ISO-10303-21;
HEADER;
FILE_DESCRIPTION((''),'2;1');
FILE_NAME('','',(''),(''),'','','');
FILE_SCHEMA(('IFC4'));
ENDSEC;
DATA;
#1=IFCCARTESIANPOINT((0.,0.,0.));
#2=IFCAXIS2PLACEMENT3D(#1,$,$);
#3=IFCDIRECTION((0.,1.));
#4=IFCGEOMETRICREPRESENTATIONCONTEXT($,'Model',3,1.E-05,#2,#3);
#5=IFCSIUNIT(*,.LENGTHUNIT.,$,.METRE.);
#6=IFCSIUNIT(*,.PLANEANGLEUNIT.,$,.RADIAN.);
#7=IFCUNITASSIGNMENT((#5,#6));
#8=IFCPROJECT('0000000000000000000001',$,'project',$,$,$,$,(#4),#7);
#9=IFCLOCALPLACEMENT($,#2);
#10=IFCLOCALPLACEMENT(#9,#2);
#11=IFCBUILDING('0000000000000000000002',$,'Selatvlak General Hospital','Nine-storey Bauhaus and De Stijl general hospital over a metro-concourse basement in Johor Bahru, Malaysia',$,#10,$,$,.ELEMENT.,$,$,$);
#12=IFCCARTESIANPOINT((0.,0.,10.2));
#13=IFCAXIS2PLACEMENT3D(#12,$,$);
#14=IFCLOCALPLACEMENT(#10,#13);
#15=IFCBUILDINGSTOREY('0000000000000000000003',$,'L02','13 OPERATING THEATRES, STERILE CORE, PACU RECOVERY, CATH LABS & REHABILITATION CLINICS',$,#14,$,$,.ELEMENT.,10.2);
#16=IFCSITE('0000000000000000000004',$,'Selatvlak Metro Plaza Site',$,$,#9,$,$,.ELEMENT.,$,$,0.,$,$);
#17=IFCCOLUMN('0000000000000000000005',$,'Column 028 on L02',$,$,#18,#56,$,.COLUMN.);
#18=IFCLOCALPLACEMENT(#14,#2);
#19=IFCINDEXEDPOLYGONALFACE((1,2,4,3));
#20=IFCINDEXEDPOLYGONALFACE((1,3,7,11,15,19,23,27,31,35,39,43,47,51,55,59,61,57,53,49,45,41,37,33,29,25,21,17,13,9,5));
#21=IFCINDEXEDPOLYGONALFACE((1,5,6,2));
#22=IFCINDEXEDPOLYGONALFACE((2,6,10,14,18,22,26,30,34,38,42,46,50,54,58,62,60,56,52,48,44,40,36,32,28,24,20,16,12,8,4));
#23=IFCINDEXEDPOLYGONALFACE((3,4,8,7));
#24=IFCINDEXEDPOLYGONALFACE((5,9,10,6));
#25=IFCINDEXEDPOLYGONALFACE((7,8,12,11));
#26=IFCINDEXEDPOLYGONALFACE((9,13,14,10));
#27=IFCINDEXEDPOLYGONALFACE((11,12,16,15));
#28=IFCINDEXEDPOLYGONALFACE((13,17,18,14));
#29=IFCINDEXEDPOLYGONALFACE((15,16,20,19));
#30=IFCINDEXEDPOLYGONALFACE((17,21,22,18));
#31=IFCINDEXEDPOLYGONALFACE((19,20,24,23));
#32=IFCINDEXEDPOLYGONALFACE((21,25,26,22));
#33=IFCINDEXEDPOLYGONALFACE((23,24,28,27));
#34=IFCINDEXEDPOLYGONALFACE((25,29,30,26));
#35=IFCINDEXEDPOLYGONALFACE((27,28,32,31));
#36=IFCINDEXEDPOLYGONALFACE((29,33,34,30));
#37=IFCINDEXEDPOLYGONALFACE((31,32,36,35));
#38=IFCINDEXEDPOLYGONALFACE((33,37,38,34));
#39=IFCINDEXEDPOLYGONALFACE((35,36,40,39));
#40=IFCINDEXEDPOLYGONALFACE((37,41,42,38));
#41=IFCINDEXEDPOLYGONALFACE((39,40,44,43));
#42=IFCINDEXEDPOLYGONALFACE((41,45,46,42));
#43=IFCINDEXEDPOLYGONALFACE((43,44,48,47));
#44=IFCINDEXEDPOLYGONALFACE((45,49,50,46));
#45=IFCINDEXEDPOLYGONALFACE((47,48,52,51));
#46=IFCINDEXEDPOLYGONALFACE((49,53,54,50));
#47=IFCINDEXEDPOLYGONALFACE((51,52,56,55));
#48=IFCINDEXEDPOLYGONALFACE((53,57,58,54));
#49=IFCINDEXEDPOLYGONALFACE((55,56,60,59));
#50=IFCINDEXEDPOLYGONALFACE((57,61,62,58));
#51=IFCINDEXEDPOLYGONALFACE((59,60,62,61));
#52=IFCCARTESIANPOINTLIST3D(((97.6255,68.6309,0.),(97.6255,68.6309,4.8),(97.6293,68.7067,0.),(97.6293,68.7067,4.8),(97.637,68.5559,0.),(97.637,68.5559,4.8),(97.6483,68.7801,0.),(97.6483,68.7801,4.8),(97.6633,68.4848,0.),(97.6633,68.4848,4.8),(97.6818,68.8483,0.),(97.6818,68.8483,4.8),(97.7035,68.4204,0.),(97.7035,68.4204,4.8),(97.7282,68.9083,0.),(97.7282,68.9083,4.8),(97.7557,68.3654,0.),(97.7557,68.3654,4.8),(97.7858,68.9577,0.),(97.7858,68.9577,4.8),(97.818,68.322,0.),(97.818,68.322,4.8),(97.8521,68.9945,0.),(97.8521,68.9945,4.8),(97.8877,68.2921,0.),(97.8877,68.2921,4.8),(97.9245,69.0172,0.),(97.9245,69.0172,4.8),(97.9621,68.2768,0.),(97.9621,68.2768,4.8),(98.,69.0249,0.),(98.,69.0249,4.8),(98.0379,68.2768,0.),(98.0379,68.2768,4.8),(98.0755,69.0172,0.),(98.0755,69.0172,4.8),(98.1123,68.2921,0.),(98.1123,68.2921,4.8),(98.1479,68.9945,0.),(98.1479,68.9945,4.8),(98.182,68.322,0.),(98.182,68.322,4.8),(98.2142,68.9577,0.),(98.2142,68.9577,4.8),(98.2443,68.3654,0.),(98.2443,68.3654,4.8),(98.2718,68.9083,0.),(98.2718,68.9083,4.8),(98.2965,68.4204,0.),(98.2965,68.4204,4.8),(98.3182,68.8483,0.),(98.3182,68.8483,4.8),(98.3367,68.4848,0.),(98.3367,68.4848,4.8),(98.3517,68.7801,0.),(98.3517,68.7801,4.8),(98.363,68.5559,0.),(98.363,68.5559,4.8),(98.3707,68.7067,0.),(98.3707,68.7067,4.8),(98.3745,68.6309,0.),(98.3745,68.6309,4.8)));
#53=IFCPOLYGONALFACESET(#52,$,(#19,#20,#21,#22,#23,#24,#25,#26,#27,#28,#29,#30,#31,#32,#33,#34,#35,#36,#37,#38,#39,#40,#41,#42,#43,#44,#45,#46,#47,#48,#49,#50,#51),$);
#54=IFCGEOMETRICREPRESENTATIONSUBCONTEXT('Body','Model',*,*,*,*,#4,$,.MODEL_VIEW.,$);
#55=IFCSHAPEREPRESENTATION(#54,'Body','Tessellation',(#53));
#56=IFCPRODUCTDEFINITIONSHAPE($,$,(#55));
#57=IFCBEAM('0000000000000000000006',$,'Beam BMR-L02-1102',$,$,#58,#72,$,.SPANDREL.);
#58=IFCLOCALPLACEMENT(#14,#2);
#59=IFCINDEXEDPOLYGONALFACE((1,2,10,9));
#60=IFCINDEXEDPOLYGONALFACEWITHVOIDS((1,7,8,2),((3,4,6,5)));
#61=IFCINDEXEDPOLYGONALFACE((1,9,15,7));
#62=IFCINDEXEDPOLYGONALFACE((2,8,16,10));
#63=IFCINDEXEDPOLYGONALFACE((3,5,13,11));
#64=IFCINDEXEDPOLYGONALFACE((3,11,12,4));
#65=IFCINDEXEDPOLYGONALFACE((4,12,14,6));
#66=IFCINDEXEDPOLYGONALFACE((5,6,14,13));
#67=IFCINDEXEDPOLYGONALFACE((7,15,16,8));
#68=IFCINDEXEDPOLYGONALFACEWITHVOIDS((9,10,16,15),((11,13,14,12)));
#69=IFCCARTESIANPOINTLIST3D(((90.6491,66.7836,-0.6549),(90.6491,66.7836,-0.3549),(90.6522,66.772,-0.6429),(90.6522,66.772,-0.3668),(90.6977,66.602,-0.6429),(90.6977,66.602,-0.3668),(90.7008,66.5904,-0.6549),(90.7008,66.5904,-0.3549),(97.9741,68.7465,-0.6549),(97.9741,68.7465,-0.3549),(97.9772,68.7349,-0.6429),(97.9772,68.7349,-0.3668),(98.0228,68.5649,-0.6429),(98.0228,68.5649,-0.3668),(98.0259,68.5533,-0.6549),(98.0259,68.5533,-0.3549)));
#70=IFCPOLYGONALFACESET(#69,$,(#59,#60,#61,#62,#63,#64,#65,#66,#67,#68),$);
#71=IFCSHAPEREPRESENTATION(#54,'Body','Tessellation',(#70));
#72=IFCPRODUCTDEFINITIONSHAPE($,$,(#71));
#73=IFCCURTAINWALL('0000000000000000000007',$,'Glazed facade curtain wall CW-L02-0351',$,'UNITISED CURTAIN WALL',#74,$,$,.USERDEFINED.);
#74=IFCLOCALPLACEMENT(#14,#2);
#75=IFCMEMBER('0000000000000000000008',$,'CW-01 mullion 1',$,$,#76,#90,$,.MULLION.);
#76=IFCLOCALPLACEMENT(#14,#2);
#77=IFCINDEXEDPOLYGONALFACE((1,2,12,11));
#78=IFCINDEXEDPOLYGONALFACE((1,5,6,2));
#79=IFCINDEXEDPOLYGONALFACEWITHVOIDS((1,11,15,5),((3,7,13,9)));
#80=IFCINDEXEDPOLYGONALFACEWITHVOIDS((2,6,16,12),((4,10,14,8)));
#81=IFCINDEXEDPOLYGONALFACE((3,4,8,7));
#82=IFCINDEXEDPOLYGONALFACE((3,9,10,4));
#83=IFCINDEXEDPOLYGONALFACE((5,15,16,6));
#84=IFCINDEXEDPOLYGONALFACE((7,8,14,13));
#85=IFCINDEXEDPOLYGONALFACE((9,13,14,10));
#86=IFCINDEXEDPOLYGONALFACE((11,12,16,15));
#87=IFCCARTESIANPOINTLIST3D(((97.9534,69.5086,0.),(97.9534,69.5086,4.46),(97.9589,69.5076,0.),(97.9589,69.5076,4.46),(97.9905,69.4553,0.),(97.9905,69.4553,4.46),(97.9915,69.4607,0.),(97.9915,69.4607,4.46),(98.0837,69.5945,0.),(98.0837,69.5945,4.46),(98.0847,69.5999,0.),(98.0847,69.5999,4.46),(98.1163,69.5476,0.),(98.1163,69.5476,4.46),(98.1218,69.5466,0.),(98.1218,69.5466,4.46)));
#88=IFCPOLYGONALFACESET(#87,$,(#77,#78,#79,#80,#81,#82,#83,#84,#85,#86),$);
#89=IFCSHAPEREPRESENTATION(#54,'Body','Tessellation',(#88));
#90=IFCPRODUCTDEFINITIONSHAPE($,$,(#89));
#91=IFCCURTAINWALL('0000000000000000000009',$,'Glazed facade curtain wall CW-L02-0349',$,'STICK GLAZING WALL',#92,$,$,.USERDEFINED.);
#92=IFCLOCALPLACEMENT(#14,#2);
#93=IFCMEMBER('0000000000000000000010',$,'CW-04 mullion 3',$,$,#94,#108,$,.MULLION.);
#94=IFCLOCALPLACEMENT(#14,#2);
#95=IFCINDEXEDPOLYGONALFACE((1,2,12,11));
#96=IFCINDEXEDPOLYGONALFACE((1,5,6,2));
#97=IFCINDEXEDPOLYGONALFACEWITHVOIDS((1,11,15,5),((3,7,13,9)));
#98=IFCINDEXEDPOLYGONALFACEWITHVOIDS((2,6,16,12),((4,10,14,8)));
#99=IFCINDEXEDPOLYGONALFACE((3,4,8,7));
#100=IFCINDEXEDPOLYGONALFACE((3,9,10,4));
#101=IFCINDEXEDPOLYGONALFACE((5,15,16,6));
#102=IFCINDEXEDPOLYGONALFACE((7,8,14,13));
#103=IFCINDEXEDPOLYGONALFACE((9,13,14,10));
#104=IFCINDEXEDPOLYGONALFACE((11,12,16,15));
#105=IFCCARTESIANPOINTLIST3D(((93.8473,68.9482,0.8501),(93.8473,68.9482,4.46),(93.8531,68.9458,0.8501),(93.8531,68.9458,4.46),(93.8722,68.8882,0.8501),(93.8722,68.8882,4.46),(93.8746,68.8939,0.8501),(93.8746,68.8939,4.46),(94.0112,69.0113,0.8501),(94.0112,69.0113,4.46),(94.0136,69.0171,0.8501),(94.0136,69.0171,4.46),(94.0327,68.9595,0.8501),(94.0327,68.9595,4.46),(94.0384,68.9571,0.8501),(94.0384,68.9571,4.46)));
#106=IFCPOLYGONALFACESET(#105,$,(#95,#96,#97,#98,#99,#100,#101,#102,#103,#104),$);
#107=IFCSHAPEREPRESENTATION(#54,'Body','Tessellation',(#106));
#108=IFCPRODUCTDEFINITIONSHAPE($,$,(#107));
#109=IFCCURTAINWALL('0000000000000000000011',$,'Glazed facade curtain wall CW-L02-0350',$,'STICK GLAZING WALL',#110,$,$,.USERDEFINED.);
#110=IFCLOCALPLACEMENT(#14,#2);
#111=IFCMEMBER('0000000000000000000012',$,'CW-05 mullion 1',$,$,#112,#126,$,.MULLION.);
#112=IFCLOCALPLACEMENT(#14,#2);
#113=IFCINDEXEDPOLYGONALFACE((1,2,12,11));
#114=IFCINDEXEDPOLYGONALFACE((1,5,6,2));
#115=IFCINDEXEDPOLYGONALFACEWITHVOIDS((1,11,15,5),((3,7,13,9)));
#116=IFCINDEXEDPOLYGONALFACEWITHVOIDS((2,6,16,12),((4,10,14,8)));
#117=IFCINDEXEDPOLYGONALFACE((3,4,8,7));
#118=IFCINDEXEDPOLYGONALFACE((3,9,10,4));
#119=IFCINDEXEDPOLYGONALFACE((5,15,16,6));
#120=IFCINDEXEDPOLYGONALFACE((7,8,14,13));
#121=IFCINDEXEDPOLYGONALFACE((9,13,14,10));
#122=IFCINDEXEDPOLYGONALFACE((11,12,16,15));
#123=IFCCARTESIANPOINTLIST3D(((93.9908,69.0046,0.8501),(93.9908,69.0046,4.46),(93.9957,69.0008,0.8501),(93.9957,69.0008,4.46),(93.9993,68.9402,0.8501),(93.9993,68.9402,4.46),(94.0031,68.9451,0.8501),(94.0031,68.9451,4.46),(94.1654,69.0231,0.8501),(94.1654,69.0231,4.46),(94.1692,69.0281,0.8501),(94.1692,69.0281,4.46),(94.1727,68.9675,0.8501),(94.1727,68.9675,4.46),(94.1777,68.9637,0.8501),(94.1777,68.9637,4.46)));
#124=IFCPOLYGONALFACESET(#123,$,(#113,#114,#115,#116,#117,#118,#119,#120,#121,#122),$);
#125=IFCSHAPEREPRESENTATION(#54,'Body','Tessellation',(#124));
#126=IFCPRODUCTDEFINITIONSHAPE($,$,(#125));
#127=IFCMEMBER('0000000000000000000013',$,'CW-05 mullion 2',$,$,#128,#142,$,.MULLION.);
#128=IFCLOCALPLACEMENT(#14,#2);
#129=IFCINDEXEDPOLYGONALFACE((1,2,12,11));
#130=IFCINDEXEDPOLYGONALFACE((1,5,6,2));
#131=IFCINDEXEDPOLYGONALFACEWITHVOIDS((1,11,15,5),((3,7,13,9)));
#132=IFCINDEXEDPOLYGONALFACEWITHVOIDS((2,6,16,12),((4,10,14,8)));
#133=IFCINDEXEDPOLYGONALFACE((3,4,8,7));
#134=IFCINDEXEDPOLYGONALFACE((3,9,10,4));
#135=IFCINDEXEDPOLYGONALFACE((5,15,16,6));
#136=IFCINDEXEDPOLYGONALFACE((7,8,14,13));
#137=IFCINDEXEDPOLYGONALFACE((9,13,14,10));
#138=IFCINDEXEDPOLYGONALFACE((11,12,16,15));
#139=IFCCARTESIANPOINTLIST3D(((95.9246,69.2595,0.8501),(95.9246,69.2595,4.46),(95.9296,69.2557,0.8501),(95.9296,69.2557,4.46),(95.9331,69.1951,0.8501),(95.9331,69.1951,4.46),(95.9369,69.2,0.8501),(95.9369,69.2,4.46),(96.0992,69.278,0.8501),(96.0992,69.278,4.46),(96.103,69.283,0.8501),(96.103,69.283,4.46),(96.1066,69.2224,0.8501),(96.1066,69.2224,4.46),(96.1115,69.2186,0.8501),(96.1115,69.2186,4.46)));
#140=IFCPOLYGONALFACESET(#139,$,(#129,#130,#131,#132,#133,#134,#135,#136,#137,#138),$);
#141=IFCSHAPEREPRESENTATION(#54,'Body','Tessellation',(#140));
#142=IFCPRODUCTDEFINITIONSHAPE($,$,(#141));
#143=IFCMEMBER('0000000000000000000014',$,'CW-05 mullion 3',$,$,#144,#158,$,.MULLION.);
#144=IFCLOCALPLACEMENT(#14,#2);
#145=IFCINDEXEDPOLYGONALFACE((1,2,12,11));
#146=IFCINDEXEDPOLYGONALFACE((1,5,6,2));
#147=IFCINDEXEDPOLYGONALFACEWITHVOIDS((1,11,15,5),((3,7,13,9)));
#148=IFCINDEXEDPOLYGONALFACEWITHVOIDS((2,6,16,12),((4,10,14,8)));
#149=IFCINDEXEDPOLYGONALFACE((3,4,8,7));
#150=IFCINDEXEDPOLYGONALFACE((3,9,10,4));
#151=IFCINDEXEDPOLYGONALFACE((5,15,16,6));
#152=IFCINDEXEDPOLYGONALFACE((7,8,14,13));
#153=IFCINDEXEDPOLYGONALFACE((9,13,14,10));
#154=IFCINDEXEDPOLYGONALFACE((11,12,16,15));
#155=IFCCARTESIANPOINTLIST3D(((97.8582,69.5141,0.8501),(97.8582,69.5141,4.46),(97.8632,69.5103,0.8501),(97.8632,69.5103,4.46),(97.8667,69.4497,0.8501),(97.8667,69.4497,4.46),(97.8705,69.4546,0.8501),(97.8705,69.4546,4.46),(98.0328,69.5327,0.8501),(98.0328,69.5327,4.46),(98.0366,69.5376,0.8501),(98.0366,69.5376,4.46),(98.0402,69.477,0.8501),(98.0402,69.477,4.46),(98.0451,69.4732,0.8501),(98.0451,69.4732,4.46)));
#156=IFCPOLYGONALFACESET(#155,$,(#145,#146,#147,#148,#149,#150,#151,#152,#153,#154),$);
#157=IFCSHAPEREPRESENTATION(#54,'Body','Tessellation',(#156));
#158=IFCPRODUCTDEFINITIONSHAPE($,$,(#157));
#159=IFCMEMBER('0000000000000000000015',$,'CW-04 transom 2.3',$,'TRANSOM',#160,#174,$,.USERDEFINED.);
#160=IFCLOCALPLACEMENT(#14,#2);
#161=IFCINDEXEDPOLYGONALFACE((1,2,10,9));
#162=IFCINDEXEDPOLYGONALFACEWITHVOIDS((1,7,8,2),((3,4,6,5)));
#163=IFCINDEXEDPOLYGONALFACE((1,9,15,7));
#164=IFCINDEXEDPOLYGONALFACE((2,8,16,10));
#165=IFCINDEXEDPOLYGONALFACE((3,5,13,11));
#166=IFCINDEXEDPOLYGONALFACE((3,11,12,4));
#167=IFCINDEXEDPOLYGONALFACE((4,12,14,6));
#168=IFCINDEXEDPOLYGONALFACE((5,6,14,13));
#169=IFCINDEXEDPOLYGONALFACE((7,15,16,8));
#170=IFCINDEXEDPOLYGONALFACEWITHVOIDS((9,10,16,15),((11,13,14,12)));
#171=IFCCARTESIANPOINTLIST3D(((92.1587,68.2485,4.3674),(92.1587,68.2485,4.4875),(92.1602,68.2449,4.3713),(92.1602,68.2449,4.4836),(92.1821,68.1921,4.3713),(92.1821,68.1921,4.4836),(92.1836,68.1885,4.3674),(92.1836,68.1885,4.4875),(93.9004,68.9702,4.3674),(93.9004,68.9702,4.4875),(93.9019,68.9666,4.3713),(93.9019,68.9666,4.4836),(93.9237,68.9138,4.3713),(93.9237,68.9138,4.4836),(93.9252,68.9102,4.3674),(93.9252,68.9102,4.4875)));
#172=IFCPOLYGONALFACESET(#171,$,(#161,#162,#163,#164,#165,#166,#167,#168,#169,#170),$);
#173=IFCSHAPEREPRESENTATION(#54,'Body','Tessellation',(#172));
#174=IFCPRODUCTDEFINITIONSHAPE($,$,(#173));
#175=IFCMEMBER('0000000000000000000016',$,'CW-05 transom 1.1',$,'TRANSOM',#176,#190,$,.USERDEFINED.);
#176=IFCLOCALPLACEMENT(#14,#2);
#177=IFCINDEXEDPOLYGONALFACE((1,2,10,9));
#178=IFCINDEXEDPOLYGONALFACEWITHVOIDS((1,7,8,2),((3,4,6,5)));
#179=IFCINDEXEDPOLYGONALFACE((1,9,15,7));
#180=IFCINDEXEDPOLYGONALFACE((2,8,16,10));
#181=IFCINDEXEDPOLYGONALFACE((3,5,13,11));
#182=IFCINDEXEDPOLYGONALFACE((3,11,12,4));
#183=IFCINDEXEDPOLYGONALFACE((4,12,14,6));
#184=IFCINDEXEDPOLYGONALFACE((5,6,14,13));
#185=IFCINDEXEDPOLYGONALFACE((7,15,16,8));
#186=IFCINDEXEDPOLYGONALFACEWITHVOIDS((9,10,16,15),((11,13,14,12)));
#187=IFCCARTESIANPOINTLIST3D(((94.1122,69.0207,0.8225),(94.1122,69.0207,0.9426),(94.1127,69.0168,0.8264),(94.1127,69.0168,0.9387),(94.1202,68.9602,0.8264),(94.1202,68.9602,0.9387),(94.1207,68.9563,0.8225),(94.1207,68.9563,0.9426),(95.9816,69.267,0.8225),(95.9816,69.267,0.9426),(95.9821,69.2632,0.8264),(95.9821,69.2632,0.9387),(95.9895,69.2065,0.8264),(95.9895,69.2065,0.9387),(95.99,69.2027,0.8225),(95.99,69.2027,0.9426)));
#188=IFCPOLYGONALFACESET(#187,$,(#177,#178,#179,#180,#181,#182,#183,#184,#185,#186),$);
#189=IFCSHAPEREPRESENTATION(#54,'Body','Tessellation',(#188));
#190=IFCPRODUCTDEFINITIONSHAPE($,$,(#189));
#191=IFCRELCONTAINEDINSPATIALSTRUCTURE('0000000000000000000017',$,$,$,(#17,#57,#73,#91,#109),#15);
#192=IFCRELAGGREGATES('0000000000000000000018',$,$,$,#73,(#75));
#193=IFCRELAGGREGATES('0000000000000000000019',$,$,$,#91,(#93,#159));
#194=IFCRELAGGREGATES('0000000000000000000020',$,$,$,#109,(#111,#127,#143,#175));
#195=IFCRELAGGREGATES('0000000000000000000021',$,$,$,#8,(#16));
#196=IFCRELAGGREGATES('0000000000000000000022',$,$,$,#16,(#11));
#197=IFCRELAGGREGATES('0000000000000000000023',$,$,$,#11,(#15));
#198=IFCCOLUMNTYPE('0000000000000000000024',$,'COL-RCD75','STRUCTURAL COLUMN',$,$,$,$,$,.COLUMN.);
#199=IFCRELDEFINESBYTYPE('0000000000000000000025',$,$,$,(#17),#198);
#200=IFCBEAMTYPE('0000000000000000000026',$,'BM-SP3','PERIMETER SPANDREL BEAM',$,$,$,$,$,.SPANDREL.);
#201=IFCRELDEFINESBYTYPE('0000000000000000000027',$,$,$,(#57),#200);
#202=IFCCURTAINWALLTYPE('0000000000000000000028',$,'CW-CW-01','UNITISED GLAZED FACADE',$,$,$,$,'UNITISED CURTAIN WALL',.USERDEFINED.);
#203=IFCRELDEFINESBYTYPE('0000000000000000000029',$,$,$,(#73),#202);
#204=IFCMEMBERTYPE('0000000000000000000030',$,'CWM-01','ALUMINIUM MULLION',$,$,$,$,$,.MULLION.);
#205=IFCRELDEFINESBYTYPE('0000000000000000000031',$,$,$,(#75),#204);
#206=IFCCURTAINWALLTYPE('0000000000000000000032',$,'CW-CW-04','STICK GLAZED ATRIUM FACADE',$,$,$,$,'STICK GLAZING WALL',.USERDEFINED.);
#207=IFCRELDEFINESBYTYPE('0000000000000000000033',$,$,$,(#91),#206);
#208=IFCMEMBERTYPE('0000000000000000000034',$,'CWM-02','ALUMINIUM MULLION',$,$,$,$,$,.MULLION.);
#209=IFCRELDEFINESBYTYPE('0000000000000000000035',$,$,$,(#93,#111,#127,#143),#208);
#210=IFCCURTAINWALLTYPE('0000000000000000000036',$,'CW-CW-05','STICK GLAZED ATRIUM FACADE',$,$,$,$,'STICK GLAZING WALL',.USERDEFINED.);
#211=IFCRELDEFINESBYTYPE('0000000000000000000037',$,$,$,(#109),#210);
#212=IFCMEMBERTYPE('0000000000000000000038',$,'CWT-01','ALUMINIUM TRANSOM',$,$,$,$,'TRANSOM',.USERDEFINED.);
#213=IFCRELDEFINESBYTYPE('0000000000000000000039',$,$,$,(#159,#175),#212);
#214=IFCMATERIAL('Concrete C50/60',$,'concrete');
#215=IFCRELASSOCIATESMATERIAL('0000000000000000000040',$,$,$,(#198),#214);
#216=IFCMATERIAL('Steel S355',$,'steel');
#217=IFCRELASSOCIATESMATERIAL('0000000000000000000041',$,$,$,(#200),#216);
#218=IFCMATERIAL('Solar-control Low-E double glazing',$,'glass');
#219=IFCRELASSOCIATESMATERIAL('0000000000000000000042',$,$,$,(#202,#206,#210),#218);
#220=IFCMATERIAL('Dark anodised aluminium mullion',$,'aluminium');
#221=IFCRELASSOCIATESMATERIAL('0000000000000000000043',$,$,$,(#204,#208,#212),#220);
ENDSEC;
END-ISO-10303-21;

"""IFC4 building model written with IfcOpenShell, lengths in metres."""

from ifc_helpers import new_model, si_unit, direction, frame, origin, origin_2d, place, context, subcontext, project, spatial, hollow_rectangle, circle, extrude, material, material_profile, profile_set, type_object, element, aggregate, save


model = new_model("IFC4")

# Units and contexts
model_context = context("Model", 3, precision=1e-05, world=origin(), true_north=direction((0.0, 1.0)))
body_context = subcontext(model_context, "Body", "Model", "MODEL_VIEW")
ifc_project = project(units=[si_unit("LENGTHUNIT", "METRE"), si_unit("PLANEANGLEUNIT", "RADIAN")], contexts=[model_context])

# Site, building, storey
site_placement = place(None, origin())
site = spatial("IfcSite", under=ifc_project, at=site_placement, Name="Selatvlak Metro Plaza Site", CompositionType="ELEMENT", RefElevation=0.0)
building_placement = place(site_placement, origin())
building = spatial("IfcBuilding", under=site, at=building_placement, Name="Selatvlak General Hospital", Description="Nine-storey Bauhaus and De Stijl general hospital over a metro-concourse basement in Johor Bahru, Malaysia", CompositionType="ELEMENT")
storey_placement = place(building_placement, frame((0.0, 0.0, 10.2)))
storey = spatial("IfcBuildingStorey", under=building, at=storey_placement, Name="L02", Description="13 OPERATING THEATRES, STERILE CORE, PACU RECOVERY, CATH LABS & REHABILITATION CLINICS", CompositionType="ELEMENT", Elevation=10.2)

# Column
ifc_material_1 = material(Name="Concrete C50/60", Category="concrete")
ifc_material_profile_1 = material_profile(ifc_material_1, circle(Radius=0.375, at=origin_2d()), Name="RC-COL D750")
ifc_profile_set_1 = profile_set([ifc_material_profile_1], Name="Concrete C50/60")
column_type = type_object("IfcColumnType", Name="COL-RCD75", Description="STRUCTURAL COLUMN", PredefinedType="COLUMN", material=ifc_profile_set_1)
column_placement = place(storey_placement, frame((98.0, 68.6499, 0.0), z_axis=(0.0, 0.0, 1.0), x_axis=(0.0, 1.0, 0.0)))
element("IfcColumn", 1, at=column_placement, inside=storey, type_object=column_type, Name="Column 028 on L02", PredefinedType="COLUMN", context=body_context, shape_type="SweptSolid", body=[
    extrude(circle(Radius=0.375, at=origin_2d()), origin(), (0.0, 0.0, 1.0), 4.8),
])

# Beam
ifc_material_2 = material(Name="Steel S355", Category="steel")
ifc_material_profile_2 = material_profile(ifc_material_2, hollow_rectangle(XDim=0.2, YDim=0.3, WallThickness=0.012, at=origin_2d()), Name="RHS 300x200x12")
ifc_profile_set_2 = profile_set([ifc_material_profile_2], Name="Steel S355")
beam_type = type_object("IfcBeamType", Name="BM-SP3", Description="PERIMETER SPANDREL BEAM", PredefinedType="SPANDREL", material=ifc_profile_set_2)
beam_placement = place(storey_placement, frame((98.0, 68.6499, -0.5049), z_axis=(-0.96592, -0.258841, 0.0), x_axis=(0.258841, -0.96592, 0.0)))
element("IfcBeam", 2, at=beam_placement, inside=storey, type_object=beam_type, Name="Beam BMR-L02-1102", PredefinedType="SPANDREL", context=body_context, shape_type="SweptSolid", body=[
    extrude(hollow_rectangle(XDim=0.2, YDim=0.3, WallThickness=0.012, at=origin_2d()), origin(), (0.0, 0.0, 1.0), 7.5835),
])

# Curtain walls, members
ifc_material_3 = material(Name="Solar-control Low-E double glazing", Category="glass")
curtain_wall_type_1 = type_object("IfcCurtainWallType", Name="CW-CW-01", Description="UNITISED GLAZED FACADE", ElementType="UNITISED CURTAIN WALL", PredefinedType="USERDEFINED", material=ifc_material_3)
curtain_wall_1_placement = place(storey_placement, origin())
curtain_wall_1 = element("IfcCurtainWall", 3, at=curtain_wall_1_placement, inside=storey, type_object=curtain_wall_type_1, Name="Glazed facade curtain wall CW-L02-0351", ObjectType="UNITISED CURTAIN WALL", PredefinedType="USERDEFINED")
ifc_material_4 = material(Name="Dark anodised aluminium mullion", Category="aluminium")
ifc_material_profile_3 = material_profile(ifc_material_4, hollow_rectangle(XDim=0.0649, YDim=0.1599, WallThickness=0.0039, at=origin_2d()), Name="AL-MUL 65x160x4")
ifc_profile_set_3 = profile_set([ifc_material_profile_3], Name="Dark anodised aluminium mullion")
member_type_1 = type_object("IfcMemberType", Name="CWM-01", Description="ALUMINIUM MULLION", PredefinedType="MULLION", material=ifc_profile_set_3)
member_1_placement = place(storey_placement, frame((98.0376, 69.5276, 0.0), z_axis=(0.0, 0.0, 1.0), x_axis=(-0.571111, 0.820873, 0.0)))
member_1 = element("IfcMember", 4, at=member_1_placement, type_object=member_type_1, Name="CW-01 mullion 1", PredefinedType="MULLION", context=body_context, shape_type="SweptSolid", body=[
    extrude(hollow_rectangle(XDim=0.0649, YDim=0.1599, WallThickness=0.0039, at=origin_2d()), origin(), (0.0, 0.0, 1.0), 4.46),
])
curtain_wall_type_2 = type_object("IfcCurtainWallType", Name="CW-CW-04", Description="STICK GLAZED ATRIUM FACADE", ElementType="STICK GLAZING WALL", PredefinedType="USERDEFINED", material=ifc_material_3)
curtain_wall_2_placement = place(storey_placement, origin())
curtain_wall_2 = element("IfcCurtainWall", 5, at=curtain_wall_2_placement, inside=storey, type_object=curtain_wall_type_2, Name="Glazed facade curtain wall CW-L02-0349", ObjectType="STICK GLAZING WALL", PredefinedType="USERDEFINED")
ifc_material_profile_4 = material_profile(ifc_material_4, hollow_rectangle(XDim=0.0649, YDim=0.1799, WallThickness=0.0044, at=origin_2d()), Name="AL-MUL 65x180x4.5")
ifc_profile_set_4 = profile_set([ifc_material_profile_4], Name="Dark anodised aluminium mullion")
member_type_2 = type_object("IfcMemberType", Name="CWM-02", Description="ALUMINIUM MULLION", PredefinedType="MULLION", material=ifc_profile_set_4)
member_2_placement = place(storey_placement, frame((93.9429, 68.9526, 0.8501), z_axis=(0.0, 0.0, 1.0), x_axis=(-0.382753, 0.923851, 0.0)))
member_2 = element("IfcMember", 6, at=member_2_placement, type_object=member_type_2, Name="CW-04 mullion 3", PredefinedType="MULLION", context=body_context, shape_type="SweptSolid", body=[
    extrude(hollow_rectangle(XDim=0.0649, YDim=0.1799, WallThickness=0.0044, at=origin_2d()), origin(), (0.0, 0.0, 1.0), 3.6099),
])

# Curtain wall, members
curtain_wall_type_3 = type_object("IfcCurtainWallType", Name="CW-CW-05", Description="STICK GLAZED ATRIUM FACADE", ElementType="STICK GLAZING WALL", PredefinedType="USERDEFINED", material=ifc_material_3)
curtain_wall_3_placement = place(storey_placement, origin())
curtain_wall_3 = element("IfcCurtainWall", 7, at=curtain_wall_3_placement, inside=storey, type_object=curtain_wall_type_3, Name="Glazed facade curtain wall CW-L02-0350", ObjectType="STICK GLAZING WALL", PredefinedType="USERDEFINED")
member_3_placement = place(storey_placement, frame((94.0842, 68.9841, 0.8501), z_axis=(0.0, 0.0, 1.0), x_axis=(-0.130611, 0.991434, 0.0)))
member_3 = element("IfcMember", 8, at=member_3_placement, type_object=member_type_2, Name="CW-05 mullion 1", PredefinedType="MULLION", context=body_context, shape_type="SweptSolid", body=[
    extrude(hollow_rectangle(XDim=0.0649, YDim=0.1799, WallThickness=0.0044, at=origin_2d()), origin(), (0.0, 0.0, 1.0), 3.6099),
])
member_4_placement = place(storey_placement, frame((96.0181, 69.239, 0.8501), z_axis=(0.0, 0.0, 1.0), x_axis=(-0.130611, 0.991434, 0.0)))
member_4 = element("IfcMember", 9, at=member_4_placement, type_object=member_type_2, Name="CW-05 mullion 2", PredefinedType="MULLION", context=body_context, shape_type="SweptSolid", body=[
    extrude(hollow_rectangle(XDim=0.0649, YDim=0.1799, WallThickness=0.0044, at=origin_2d()), origin(), (0.0, 0.0, 1.0), 3.6099),
])
member_5_placement = place(storey_placement, frame((97.9517, 69.4937, 0.8501), z_axis=(0.0, 0.0, 1.0), x_axis=(-0.130611, 0.991434, 0.0)))
member_5 = element("IfcMember", 10, at=member_5_placement, type_object=member_type_2, Name="CW-05 mullion 3", PredefinedType="MULLION", context=body_context, shape_type="SweptSolid", body=[
    extrude(hollow_rectangle(XDim=0.0649, YDim=0.1799, WallThickness=0.0044, at=origin_2d()), origin(), (0.0, 0.0, 1.0), 3.6099),
])

# Members
ifc_material_profile_5 = material_profile(ifc_material_4, hollow_rectangle(XDim=0.0649, YDim=0.1201, WallThickness=0.0039, at=origin_2d()), Name="AL-TRN 65x120x4")
ifc_profile_set_5 = profile_set([ifc_material_profile_5], Name="Dark anodised aluminium mullion")
member_type_3 = type_object("IfcMemberType", Name="CWT-01", Description="ALUMINIUM TRANSOM", ElementType="TRANSOM", PredefinedType="USERDEFINED", material=ifc_profile_set_5)
member_6_placement = place(storey_placement, frame((92.1711, 68.2185, 4.4275), z_axis=(0.923834, 0.382794, 0.0), x_axis=(-0.382794, 0.923834, 0.0)))
member_6 = element("IfcMember", 11, at=member_6_placement, type_object=member_type_3, Name="CW-04 transom 2.3", ObjectType="TRANSOM", PredefinedType="USERDEFINED", context=body_context, shape_type="SweptSolid", body=[
    extrude(hollow_rectangle(XDim=0.0649, YDim=0.1201, WallThickness=0.0039, at=origin_2d()), origin(), (0.0, 0.0, 1.0), 1.8853),
])
member_7_placement = place(storey_placement, frame((94.1165, 68.9885, 0.8826), z_axis=(0.991429, 0.130645, 0.0), x_axis=(-0.130645, 0.991429, 0.0)))
member_7 = element("IfcMember", 12, at=member_7_placement, type_object=member_type_3, Name="CW-05 transom 1.1", ObjectType="TRANSOM", PredefinedType="USERDEFINED", context=body_context, shape_type="SweptSolid", body=[
    extrude(hollow_rectangle(XDim=0.0649, YDim=0.1201, WallThickness=0.0039, at=origin_2d()), origin(), (0.0, 0.0, 1.0), 1.8855),
])
aggregate(curtain_wall_1, [member_1])

aggregate(curtain_wall_2, [member_2, member_6])
aggregate(curtain_wall_3, [member_3, member_4, member_5, member_7])

save(model, "model.ifc")
